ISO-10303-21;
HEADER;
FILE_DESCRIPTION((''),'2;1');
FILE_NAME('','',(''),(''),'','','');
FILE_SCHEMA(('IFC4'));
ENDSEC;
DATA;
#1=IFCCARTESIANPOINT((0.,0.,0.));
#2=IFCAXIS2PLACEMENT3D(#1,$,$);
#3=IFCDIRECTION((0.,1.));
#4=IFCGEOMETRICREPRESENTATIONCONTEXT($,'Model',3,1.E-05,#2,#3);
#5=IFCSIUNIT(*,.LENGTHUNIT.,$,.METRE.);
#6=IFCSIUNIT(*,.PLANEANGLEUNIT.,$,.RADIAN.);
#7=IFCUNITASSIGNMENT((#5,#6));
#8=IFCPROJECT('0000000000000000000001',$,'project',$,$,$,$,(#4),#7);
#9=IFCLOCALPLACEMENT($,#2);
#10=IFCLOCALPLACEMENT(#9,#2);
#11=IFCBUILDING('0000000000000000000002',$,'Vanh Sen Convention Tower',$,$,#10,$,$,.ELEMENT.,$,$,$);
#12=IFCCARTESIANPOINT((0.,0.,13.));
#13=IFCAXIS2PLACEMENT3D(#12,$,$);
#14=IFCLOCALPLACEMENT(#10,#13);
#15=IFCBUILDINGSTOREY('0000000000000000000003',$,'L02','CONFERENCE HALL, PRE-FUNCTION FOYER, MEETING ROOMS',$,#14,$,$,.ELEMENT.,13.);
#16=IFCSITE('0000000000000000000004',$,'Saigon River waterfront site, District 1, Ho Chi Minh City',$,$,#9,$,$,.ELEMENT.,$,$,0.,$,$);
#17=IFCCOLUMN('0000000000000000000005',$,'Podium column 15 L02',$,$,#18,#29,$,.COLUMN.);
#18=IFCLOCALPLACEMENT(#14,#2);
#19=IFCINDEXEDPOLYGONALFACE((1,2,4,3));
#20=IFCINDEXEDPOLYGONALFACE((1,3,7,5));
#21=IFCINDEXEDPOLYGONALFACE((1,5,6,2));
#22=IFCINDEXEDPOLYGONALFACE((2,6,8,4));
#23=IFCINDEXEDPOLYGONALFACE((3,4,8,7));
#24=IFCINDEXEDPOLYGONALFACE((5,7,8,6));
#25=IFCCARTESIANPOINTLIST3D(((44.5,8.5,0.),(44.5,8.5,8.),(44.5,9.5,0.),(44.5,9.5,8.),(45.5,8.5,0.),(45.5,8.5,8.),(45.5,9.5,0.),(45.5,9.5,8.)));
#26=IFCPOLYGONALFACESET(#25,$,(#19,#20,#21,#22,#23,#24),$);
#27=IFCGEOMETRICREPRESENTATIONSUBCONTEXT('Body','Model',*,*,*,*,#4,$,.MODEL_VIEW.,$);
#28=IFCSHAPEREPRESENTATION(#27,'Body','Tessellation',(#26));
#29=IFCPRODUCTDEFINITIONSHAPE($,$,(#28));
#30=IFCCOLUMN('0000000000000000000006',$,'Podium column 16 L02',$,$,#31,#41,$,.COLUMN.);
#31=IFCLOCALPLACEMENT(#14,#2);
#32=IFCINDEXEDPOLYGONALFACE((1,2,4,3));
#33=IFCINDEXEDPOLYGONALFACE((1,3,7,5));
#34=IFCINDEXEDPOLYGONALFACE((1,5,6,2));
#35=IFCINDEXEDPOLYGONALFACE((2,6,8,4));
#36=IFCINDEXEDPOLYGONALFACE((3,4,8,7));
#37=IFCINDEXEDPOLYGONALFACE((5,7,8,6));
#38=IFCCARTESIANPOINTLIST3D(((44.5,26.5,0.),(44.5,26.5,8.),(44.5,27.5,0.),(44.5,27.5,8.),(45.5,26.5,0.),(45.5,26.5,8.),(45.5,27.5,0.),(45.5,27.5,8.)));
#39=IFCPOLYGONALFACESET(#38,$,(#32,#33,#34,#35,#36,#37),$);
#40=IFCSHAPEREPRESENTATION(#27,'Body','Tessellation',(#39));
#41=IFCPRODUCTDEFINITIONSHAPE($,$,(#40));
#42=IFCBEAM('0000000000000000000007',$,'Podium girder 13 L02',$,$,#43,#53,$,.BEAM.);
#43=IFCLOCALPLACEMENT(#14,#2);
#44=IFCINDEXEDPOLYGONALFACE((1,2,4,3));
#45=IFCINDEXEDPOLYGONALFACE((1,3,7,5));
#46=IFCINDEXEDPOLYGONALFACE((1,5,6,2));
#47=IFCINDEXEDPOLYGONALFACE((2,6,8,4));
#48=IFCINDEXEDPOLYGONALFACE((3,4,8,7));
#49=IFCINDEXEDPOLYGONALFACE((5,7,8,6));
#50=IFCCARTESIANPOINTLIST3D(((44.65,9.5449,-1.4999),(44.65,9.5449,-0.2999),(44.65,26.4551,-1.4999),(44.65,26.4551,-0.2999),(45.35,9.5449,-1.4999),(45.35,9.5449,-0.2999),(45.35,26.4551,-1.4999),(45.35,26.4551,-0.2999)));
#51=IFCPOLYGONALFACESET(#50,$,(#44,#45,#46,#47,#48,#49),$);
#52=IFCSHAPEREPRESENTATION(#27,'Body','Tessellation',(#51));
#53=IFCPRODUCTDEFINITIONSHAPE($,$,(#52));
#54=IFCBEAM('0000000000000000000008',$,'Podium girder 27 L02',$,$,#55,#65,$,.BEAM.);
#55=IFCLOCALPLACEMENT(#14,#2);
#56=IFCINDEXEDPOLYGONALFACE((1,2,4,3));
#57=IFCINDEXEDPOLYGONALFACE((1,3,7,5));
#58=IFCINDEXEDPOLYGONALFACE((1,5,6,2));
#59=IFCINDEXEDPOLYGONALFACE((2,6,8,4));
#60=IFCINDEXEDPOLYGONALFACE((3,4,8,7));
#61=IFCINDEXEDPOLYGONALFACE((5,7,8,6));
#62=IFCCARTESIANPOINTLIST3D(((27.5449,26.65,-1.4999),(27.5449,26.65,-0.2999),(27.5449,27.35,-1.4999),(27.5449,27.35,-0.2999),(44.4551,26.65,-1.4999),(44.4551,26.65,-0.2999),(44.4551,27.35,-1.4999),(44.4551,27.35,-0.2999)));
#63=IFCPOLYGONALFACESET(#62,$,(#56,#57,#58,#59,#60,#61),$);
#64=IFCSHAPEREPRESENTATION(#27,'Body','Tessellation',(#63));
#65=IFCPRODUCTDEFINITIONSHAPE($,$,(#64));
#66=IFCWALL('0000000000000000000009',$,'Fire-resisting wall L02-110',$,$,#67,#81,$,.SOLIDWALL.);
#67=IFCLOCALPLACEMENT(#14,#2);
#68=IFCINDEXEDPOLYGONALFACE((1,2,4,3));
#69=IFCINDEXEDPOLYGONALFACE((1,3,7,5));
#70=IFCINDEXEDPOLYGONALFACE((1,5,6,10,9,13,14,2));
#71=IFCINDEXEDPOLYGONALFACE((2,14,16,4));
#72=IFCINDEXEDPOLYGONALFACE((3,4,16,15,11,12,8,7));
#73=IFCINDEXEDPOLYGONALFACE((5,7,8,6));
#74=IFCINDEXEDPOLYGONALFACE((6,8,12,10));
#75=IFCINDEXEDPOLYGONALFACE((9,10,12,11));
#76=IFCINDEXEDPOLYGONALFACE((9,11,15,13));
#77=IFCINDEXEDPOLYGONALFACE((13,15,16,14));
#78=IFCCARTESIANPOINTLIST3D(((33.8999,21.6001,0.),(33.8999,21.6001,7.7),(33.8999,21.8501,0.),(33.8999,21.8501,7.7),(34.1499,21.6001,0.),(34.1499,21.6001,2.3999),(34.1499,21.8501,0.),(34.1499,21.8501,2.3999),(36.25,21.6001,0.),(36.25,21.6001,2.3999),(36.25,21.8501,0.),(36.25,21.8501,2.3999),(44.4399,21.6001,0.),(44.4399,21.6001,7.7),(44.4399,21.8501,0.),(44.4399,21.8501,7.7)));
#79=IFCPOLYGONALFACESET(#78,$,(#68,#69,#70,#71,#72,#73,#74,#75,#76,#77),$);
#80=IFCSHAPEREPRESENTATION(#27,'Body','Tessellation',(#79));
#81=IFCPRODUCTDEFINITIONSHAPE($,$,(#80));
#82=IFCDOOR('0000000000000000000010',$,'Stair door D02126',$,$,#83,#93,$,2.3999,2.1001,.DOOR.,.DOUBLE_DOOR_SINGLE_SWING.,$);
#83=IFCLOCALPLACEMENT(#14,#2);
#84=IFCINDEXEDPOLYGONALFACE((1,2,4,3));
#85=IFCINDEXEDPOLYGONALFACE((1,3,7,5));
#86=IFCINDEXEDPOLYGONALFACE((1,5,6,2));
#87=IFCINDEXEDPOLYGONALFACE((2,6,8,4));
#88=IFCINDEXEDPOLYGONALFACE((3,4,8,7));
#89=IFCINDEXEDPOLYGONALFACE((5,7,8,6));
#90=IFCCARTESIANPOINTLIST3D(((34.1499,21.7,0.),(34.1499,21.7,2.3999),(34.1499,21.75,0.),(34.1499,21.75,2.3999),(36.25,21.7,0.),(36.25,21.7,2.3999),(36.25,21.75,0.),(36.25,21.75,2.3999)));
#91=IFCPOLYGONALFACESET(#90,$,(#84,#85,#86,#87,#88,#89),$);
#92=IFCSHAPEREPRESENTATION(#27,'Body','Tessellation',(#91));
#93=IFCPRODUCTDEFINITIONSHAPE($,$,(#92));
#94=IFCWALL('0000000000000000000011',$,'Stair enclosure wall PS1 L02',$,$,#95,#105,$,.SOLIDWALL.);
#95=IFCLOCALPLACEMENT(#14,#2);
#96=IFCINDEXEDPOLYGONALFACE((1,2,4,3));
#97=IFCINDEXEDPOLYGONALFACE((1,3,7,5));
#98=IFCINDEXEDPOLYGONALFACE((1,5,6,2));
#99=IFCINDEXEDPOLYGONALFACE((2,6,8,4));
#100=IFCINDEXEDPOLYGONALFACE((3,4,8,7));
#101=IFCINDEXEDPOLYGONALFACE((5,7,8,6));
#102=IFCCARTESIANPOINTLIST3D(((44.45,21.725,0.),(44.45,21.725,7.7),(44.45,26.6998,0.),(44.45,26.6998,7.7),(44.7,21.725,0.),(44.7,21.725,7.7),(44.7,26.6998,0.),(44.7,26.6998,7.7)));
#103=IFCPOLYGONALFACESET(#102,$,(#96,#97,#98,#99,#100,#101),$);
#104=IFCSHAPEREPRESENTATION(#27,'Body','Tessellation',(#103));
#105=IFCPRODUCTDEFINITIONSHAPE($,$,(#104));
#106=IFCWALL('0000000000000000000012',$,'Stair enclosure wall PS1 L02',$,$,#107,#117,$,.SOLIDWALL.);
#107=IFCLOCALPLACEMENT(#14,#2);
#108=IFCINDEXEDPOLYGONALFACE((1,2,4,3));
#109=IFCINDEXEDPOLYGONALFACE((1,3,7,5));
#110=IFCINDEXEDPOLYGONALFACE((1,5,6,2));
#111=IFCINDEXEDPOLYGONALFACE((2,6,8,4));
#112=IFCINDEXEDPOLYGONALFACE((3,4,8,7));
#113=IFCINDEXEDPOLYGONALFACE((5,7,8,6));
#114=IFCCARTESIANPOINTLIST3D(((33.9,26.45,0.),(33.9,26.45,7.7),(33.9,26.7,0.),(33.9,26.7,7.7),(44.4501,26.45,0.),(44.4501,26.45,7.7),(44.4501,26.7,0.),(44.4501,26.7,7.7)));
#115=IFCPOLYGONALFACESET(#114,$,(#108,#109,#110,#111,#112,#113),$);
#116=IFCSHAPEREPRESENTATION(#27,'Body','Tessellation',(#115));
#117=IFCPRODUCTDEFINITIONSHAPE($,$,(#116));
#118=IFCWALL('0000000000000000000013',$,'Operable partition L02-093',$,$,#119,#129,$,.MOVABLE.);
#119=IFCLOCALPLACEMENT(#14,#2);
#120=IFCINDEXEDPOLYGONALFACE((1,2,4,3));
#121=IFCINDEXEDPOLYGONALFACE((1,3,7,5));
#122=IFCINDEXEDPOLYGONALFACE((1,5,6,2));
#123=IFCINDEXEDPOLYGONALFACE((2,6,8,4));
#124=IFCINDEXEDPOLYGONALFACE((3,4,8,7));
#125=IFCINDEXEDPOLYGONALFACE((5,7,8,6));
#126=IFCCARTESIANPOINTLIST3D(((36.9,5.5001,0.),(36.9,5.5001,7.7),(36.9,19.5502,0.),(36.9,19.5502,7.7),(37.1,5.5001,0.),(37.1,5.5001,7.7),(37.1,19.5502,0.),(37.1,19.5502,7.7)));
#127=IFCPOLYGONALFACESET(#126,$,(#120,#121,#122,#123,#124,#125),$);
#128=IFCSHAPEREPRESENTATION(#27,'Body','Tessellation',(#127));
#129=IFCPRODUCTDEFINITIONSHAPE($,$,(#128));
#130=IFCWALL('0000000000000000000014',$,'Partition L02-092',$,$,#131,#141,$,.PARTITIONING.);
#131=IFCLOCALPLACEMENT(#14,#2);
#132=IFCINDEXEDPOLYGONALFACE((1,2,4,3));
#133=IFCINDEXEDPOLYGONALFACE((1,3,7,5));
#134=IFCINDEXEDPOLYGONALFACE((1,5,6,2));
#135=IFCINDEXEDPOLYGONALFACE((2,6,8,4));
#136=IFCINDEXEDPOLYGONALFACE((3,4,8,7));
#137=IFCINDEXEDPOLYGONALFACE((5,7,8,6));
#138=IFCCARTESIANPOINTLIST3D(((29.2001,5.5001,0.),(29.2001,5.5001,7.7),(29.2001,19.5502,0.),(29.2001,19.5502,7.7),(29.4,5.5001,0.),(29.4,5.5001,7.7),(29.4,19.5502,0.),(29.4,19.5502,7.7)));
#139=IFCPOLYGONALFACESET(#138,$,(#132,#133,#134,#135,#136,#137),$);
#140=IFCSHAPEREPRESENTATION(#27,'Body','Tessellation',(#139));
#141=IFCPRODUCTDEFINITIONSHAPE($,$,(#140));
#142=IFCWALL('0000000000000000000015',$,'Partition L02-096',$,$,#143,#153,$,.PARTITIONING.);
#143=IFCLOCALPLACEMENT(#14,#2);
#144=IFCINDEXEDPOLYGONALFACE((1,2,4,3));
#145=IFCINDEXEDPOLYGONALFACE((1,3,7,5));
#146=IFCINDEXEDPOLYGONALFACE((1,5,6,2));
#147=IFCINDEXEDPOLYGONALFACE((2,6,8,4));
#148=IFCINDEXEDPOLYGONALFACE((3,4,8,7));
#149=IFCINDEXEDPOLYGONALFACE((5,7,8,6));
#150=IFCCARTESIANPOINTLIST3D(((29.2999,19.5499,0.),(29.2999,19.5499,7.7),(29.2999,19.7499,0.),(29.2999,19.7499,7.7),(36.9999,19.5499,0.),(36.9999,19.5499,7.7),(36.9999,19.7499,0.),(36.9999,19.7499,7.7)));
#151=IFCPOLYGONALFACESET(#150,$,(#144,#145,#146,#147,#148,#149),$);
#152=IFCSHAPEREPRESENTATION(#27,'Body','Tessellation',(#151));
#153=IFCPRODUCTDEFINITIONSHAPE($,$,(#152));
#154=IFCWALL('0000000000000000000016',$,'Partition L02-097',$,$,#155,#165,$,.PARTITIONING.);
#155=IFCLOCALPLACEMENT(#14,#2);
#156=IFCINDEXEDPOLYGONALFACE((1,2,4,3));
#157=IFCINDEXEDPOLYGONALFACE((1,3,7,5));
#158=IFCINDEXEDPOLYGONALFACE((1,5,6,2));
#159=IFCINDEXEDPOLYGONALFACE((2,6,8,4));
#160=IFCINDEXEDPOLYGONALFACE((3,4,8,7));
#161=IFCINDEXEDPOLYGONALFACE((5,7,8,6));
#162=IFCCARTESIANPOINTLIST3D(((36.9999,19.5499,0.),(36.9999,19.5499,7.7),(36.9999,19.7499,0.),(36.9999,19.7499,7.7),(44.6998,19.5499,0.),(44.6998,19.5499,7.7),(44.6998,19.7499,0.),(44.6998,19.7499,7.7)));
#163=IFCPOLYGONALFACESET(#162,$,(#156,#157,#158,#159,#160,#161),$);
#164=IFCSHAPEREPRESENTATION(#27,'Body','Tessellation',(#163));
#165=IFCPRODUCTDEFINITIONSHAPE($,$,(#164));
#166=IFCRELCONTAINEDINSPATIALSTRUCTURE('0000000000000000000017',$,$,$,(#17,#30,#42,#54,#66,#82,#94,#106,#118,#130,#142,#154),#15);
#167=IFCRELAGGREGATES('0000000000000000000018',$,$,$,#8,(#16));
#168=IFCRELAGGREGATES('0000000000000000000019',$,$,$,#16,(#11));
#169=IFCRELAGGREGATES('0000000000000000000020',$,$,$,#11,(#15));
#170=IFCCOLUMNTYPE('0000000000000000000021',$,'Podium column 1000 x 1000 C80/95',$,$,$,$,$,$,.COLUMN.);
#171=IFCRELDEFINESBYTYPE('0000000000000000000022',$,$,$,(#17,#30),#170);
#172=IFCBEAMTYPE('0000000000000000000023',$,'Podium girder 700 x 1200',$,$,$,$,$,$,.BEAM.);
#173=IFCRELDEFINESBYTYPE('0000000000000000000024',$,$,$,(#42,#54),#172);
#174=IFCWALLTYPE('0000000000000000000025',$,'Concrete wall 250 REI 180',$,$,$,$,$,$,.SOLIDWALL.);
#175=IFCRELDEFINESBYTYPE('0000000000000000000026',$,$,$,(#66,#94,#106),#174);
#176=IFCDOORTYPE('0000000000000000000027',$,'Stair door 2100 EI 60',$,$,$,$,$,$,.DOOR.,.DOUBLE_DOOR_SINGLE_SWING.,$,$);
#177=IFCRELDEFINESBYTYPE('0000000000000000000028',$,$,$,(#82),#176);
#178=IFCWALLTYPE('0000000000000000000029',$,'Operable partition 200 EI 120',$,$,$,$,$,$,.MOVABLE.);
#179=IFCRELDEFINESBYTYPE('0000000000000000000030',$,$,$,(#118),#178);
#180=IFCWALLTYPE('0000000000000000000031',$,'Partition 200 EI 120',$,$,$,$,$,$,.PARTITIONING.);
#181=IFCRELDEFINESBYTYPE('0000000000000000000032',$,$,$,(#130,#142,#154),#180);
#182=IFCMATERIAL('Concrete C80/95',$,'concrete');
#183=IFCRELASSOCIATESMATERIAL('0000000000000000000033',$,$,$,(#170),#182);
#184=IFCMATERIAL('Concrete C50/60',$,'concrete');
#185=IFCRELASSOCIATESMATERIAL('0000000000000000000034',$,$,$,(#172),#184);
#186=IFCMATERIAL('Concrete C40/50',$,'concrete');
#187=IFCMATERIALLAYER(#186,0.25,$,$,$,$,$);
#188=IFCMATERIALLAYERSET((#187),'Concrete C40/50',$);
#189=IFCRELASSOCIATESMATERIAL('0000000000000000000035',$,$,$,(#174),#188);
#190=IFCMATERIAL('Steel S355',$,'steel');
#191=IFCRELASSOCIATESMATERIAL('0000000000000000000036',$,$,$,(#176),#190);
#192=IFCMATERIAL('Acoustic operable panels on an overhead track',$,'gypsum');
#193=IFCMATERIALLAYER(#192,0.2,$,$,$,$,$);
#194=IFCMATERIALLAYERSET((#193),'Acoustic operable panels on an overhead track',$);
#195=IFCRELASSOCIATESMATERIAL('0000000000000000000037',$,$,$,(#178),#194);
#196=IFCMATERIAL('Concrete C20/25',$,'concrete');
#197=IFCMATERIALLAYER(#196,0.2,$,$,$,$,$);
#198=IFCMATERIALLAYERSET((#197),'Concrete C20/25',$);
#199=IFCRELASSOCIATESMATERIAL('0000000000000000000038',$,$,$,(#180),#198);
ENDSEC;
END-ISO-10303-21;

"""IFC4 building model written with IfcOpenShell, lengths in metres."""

from ifc_helpers import new_model, si_unit, direction, frame, frame_2d, origin, origin_2d, place, context, subcontext, project, spatial, rectangle, extrude, material, layer, layer_set, material_profile, profile_set, type_object, element, fill, save


model = new_model("IFC4")

# Units and contexts
model_context = context("Model", 3, precision=1e-05, world=origin(), true_north=direction((0.0, 1.0)))
body_context = subcontext(model_context, "Body", "Model", "MODEL_VIEW")
ifc_project = project(units=[si_unit("LENGTHUNIT", "METRE"), si_unit("PLANEANGLEUNIT", "RADIAN")], contexts=[model_context])

# Site, building, storey
site_placement = place(None, origin())
site = spatial("IfcSite", under=ifc_project, at=site_placement, Name="Saigon River waterfront site, District 1, Ho Chi Minh City", CompositionType="ELEMENT", RefElevation=0.0)
building_placement = place(site_placement, origin())
building = spatial("IfcBuilding", under=site, at=building_placement, Name="Vanh Sen Convention Tower", CompositionType="ELEMENT")
storey_placement = place(building_placement, frame((0.0, 0.0, 13.0)))
storey = spatial("IfcBuildingStorey", under=building, at=storey_placement, Name="L02", Description="CONFERENCE HALL, PRE-FUNCTION FOYER, MEETING ROOMS", CompositionType="ELEMENT", Elevation=13.0)

# Columns
ifc_material_1 = material(Name="Concrete C80/95", Category="concrete")
ifc_material_profile_1 = material_profile(ifc_material_1, rectangle(XDim=1.0, YDim=1.0, at=origin_2d()), Name="RC 1000X1000")
ifc_profile_set_1 = profile_set([ifc_material_profile_1], Name="Concrete C80/95")
column_type = type_object("IfcColumnType", Name="Podium column 1000 x 1000 C80/95", PredefinedType="COLUMN", material=ifc_profile_set_1)
for number, where, z_axis, x_axis, name in (
    (1, (45.0, 9.0, 0.0), (0.0, 0.0, 1.0), (1.0, 0.0, 0.0), "Podium column 15 L02"),
    (2, (45.0, 27.0, 0.0), (0.0, 0.0, 1.0), (1.0, 0.0, 0.0), "Podium column 16 L02"),
):
    element("IfcColumn", number, at=place(storey_placement, frame(where, z_axis=z_axis, x_axis=x_axis)), inside=storey, type_object=column_type, Name=name, PredefinedType="COLUMN", context=body_context, shape_type="SweptSolid", body=[
        extrude(rectangle(XDim=1.0, YDim=1.0, at=origin_2d()), origin(), (0.0, 0.0, 1.0), 8.0),
    ])

# Beams
ifc_material_2 = material(Name="Concrete C50/60", Category="concrete")
ifc_material_profile_2 = material_profile(ifc_material_2, rectangle(XDim=0.7, YDim=1.2, at=origin_2d()), Name="RC 700X1200")
ifc_profile_set_2 = profile_set([ifc_material_profile_2], Name="Concrete C50/60")
beam_type = type_object("IfcBeamType", Name="Podium girder 700 x 1200", PredefinedType="BEAM", material=ifc_profile_set_2)
for number, where, z_axis, x_axis, name in (
    (3, (45.0, 9.5449, -0.8999), (0.0, 1.0, 0.0), (-1.0, 0.0, 0.0), "Podium girder 13 L02"),
    (4, (27.5449, 27.0, -0.8999), (1.0, 0.0, 0.0), (0.0, 1.0, 0.0), "Podium girder 27 L02"),
):
    element("IfcBeam", number, at=place(storey_placement, frame(where, z_axis=z_axis, x_axis=x_axis)), inside=storey, type_object=beam_type, Name=name, PredefinedType="BEAM", context=body_context, shape_type="SweptSolid", body=[
        extrude(rectangle(XDim=0.7, YDim=1.2, at=origin_2d()), origin(), (0.0, 0.0, 1.0), 16.9102),
    ])

# Wall, opening, door
ifc_material_3 = material(Name="Concrete C40/50", Category="concrete")
ifc_layer_1 = layer(ifc_material_3, 0.25)
ifc_layer_set_1 = layer_set([ifc_layer_1], Name="Concrete C40/50")
wall_type_1 = type_object("IfcWallType", Name="Concrete wall 250 REI 180", PredefinedType="SOLIDWALL", material=ifc_layer_set_1)
wall_1_placement = place(storey_placement, frame((44.4399, 21.7251, 0.0), z_axis=(0.0, 0.0, 1.0), x_axis=(-1.0, 0.0, 0.0)))
wall_1 = element("IfcWall", 5, at=wall_1_placement, inside=storey, type_object=wall_type_1, Name="Fire-resisting wall L02-110", PredefinedType="SOLIDWALL", context=body_context, shape_type="SweptSolid", body=[
    extrude(rectangle(XDim=10.54, YDim=0.25, at=frame_2d((5.27, 0.0))), origin(), (0.0, 0.0, 1.0), 7.7),
])
opening_1_placement = place(wall_1_placement, frame((8.1899, 0.0, 0.0)))
opening_1 = element("IfcOpeningElement", 6, at=opening_1_placement, cuts=wall_1, PredefinedType="OPENING", context=body_context, shape_type="SweptSolid", body=[
    extrude(rectangle(XDim=2.1001, YDim=2.3999, at=frame_2d((1.05, 1.2))), frame((0.0, 0.135, 0.0), z_axis=(0.0, -1.0, 0.0), x_axis=(1.0, 0.0, 0.0)), (0.0, 0.0, 1.0), 0.27),
])
ifc_material_4 = material(Name="Steel S355", Category="steel")
door_type = type_object("IfcDoorType", Name="Stair door 2100 EI 60", OperationType="DOUBLE_DOOR_SINGLE_SWING", PredefinedType="DOOR", material=ifc_material_4)
door_placement = place(opening_1_placement, frame((2.1001, 0.0, 0.0), z_axis=(0.0, 0.0, 1.0), x_axis=(-1.0, 0.0, 0.0)))
door = element("IfcDoor", 7, at=door_placement, inside=storey, type_object=door_type, Name="Stair door D02126", OperationType="DOUBLE_DOOR_SINGLE_SWING", OverallHeight=2.3999, OverallWidth=2.1001, PredefinedType="DOOR", context=body_context, shape_type="SweptSolid", body=[
    extrude(rectangle(XDim=2.1001, YDim=2.3999, at=frame_2d((1.05, 1.2))), frame((0.0, 0.0249, 0.0), z_axis=(0.0, -1.0, 0.0), x_axis=(1.0, 0.0, 0.0)), (0.0, 0.0, 1.0), 0.05),
])
fill(opening_1, door)

# Walls
wall_2_placement = place(storey_placement, frame((44.575, 21.7251, 0.0), z_axis=(0.0, 0.0, 1.0), x_axis=(0.0, 1.0, 0.0)))
element("IfcWall", 8, at=wall_2_placement, inside=storey, type_object=wall_type_1, Name="Stair enclosure wall PS1 L02", PredefinedType="SOLIDWALL", context=body_context, shape_type="SweptSolid", body=[
    extrude(rectangle(XDim=4.9749, YDim=0.25, at=frame_2d((2.4873, 0.0))), origin(), (0.0, 0.0, 1.0), 7.7),
])
wall_3_placement = place(storey_placement, frame((44.45, 26.575, 0.0), z_axis=(0.0, 0.0, 1.0), x_axis=(-1.0, 0.0, 0.0)))
element("IfcWall", 9, at=wall_3_placement, inside=storey, type_object=wall_type_1, Name="Stair enclosure wall PS1 L02", PredefinedType="SOLIDWALL", context=body_context, shape_type="SweptSolid", body=[
    extrude(rectangle(XDim=10.55, YDim=0.25, at=frame_2d((5.2749, 0.0))), origin(), (0.0, 0.0, 1.0), 7.7),
])
ifc_material_5 = material(Name="Acoustic operable panels on an overhead track", Category="gypsum")
ifc_layer_2 = layer(ifc_material_5, 0.2)
ifc_layer_set_2 = layer_set([ifc_layer_2], Name="Acoustic operable panels on an overhead track")
wall_type_2 = type_object("IfcWallType", Name="Operable partition 200 EI 120", PredefinedType="MOVABLE", material=ifc_layer_set_2)
wall_4_placement = place(storey_placement, frame((37.0, 19.55, 0.0), z_axis=(0.0, 0.0, 1.0), x_axis=(0.0, -1.0, 0.0)))
element("IfcWall", 10, at=wall_4_placement, inside=storey, type_object=wall_type_2, Name="Operable partition L02-093", PredefinedType="MOVABLE", context=body_context, shape_type="SweptSolid", body=[
    extrude(rectangle(XDim=14.05, YDim=0.2, at=frame_2d((7.0249, 0.0))), origin(), (0.0, 0.0, 1.0), 7.7),
])
ifc_material_6 = material(Name="Concrete C20/25", Category="concrete")
ifc_layer_3 = layer(ifc_material_6, 0.2)
ifc_layer_set_3 = layer_set([ifc_layer_3], Name="Concrete C20/25")
wall_type_3 = type_object("IfcWallType", Name="Partition 200 EI 120", PredefinedType="PARTITIONING", material=ifc_layer_set_3)
wall_5_placement = place(storey_placement, frame((29.3, 19.55, 0.0), z_axis=(0.0, 0.0, 1.0), x_axis=(0.0, -1.0, 0.0)))
element("IfcWall", 11, at=wall_5_placement, inside=storey, type_object=wall_type_3, Name="Partition L02-092", PredefinedType="PARTITIONING", context=body_context, shape_type="SweptSolid", body=[
    extrude(rectangle(XDim=14.05, YDim=0.2, at=frame_2d((7.0249, 0.0))), origin(), (0.0, 0.0, 1.0), 7.7),
])
for number, where, z_axis, x_axis, name in (
    (12, (37.0, 19.6499, 0.0), (0.0, 0.0, 1.0), (-1.0, 0.0, 0.0), "Partition L02-096"),
    (13, (44.7, 19.6499, 0.0), (0.0, 0.0, 1.0), (-1.0, 0.0, 0.0), "Partition L02-097"),
):
    element("IfcWall", number, at=place(storey_placement, frame(where, z_axis=z_axis, x_axis=x_axis)), inside=storey, type_object=wall_type_3, Name=name, PredefinedType="PARTITIONING", context=body_context, shape_type="SweptSolid", body=[
        extrude(rectangle(XDim=7.7, YDim=0.2, at=frame_2d((3.8501, 0.0))), origin(), (0.0, 0.0, 1.0), 7.7),
    ])

save(model, "model.ifc")
